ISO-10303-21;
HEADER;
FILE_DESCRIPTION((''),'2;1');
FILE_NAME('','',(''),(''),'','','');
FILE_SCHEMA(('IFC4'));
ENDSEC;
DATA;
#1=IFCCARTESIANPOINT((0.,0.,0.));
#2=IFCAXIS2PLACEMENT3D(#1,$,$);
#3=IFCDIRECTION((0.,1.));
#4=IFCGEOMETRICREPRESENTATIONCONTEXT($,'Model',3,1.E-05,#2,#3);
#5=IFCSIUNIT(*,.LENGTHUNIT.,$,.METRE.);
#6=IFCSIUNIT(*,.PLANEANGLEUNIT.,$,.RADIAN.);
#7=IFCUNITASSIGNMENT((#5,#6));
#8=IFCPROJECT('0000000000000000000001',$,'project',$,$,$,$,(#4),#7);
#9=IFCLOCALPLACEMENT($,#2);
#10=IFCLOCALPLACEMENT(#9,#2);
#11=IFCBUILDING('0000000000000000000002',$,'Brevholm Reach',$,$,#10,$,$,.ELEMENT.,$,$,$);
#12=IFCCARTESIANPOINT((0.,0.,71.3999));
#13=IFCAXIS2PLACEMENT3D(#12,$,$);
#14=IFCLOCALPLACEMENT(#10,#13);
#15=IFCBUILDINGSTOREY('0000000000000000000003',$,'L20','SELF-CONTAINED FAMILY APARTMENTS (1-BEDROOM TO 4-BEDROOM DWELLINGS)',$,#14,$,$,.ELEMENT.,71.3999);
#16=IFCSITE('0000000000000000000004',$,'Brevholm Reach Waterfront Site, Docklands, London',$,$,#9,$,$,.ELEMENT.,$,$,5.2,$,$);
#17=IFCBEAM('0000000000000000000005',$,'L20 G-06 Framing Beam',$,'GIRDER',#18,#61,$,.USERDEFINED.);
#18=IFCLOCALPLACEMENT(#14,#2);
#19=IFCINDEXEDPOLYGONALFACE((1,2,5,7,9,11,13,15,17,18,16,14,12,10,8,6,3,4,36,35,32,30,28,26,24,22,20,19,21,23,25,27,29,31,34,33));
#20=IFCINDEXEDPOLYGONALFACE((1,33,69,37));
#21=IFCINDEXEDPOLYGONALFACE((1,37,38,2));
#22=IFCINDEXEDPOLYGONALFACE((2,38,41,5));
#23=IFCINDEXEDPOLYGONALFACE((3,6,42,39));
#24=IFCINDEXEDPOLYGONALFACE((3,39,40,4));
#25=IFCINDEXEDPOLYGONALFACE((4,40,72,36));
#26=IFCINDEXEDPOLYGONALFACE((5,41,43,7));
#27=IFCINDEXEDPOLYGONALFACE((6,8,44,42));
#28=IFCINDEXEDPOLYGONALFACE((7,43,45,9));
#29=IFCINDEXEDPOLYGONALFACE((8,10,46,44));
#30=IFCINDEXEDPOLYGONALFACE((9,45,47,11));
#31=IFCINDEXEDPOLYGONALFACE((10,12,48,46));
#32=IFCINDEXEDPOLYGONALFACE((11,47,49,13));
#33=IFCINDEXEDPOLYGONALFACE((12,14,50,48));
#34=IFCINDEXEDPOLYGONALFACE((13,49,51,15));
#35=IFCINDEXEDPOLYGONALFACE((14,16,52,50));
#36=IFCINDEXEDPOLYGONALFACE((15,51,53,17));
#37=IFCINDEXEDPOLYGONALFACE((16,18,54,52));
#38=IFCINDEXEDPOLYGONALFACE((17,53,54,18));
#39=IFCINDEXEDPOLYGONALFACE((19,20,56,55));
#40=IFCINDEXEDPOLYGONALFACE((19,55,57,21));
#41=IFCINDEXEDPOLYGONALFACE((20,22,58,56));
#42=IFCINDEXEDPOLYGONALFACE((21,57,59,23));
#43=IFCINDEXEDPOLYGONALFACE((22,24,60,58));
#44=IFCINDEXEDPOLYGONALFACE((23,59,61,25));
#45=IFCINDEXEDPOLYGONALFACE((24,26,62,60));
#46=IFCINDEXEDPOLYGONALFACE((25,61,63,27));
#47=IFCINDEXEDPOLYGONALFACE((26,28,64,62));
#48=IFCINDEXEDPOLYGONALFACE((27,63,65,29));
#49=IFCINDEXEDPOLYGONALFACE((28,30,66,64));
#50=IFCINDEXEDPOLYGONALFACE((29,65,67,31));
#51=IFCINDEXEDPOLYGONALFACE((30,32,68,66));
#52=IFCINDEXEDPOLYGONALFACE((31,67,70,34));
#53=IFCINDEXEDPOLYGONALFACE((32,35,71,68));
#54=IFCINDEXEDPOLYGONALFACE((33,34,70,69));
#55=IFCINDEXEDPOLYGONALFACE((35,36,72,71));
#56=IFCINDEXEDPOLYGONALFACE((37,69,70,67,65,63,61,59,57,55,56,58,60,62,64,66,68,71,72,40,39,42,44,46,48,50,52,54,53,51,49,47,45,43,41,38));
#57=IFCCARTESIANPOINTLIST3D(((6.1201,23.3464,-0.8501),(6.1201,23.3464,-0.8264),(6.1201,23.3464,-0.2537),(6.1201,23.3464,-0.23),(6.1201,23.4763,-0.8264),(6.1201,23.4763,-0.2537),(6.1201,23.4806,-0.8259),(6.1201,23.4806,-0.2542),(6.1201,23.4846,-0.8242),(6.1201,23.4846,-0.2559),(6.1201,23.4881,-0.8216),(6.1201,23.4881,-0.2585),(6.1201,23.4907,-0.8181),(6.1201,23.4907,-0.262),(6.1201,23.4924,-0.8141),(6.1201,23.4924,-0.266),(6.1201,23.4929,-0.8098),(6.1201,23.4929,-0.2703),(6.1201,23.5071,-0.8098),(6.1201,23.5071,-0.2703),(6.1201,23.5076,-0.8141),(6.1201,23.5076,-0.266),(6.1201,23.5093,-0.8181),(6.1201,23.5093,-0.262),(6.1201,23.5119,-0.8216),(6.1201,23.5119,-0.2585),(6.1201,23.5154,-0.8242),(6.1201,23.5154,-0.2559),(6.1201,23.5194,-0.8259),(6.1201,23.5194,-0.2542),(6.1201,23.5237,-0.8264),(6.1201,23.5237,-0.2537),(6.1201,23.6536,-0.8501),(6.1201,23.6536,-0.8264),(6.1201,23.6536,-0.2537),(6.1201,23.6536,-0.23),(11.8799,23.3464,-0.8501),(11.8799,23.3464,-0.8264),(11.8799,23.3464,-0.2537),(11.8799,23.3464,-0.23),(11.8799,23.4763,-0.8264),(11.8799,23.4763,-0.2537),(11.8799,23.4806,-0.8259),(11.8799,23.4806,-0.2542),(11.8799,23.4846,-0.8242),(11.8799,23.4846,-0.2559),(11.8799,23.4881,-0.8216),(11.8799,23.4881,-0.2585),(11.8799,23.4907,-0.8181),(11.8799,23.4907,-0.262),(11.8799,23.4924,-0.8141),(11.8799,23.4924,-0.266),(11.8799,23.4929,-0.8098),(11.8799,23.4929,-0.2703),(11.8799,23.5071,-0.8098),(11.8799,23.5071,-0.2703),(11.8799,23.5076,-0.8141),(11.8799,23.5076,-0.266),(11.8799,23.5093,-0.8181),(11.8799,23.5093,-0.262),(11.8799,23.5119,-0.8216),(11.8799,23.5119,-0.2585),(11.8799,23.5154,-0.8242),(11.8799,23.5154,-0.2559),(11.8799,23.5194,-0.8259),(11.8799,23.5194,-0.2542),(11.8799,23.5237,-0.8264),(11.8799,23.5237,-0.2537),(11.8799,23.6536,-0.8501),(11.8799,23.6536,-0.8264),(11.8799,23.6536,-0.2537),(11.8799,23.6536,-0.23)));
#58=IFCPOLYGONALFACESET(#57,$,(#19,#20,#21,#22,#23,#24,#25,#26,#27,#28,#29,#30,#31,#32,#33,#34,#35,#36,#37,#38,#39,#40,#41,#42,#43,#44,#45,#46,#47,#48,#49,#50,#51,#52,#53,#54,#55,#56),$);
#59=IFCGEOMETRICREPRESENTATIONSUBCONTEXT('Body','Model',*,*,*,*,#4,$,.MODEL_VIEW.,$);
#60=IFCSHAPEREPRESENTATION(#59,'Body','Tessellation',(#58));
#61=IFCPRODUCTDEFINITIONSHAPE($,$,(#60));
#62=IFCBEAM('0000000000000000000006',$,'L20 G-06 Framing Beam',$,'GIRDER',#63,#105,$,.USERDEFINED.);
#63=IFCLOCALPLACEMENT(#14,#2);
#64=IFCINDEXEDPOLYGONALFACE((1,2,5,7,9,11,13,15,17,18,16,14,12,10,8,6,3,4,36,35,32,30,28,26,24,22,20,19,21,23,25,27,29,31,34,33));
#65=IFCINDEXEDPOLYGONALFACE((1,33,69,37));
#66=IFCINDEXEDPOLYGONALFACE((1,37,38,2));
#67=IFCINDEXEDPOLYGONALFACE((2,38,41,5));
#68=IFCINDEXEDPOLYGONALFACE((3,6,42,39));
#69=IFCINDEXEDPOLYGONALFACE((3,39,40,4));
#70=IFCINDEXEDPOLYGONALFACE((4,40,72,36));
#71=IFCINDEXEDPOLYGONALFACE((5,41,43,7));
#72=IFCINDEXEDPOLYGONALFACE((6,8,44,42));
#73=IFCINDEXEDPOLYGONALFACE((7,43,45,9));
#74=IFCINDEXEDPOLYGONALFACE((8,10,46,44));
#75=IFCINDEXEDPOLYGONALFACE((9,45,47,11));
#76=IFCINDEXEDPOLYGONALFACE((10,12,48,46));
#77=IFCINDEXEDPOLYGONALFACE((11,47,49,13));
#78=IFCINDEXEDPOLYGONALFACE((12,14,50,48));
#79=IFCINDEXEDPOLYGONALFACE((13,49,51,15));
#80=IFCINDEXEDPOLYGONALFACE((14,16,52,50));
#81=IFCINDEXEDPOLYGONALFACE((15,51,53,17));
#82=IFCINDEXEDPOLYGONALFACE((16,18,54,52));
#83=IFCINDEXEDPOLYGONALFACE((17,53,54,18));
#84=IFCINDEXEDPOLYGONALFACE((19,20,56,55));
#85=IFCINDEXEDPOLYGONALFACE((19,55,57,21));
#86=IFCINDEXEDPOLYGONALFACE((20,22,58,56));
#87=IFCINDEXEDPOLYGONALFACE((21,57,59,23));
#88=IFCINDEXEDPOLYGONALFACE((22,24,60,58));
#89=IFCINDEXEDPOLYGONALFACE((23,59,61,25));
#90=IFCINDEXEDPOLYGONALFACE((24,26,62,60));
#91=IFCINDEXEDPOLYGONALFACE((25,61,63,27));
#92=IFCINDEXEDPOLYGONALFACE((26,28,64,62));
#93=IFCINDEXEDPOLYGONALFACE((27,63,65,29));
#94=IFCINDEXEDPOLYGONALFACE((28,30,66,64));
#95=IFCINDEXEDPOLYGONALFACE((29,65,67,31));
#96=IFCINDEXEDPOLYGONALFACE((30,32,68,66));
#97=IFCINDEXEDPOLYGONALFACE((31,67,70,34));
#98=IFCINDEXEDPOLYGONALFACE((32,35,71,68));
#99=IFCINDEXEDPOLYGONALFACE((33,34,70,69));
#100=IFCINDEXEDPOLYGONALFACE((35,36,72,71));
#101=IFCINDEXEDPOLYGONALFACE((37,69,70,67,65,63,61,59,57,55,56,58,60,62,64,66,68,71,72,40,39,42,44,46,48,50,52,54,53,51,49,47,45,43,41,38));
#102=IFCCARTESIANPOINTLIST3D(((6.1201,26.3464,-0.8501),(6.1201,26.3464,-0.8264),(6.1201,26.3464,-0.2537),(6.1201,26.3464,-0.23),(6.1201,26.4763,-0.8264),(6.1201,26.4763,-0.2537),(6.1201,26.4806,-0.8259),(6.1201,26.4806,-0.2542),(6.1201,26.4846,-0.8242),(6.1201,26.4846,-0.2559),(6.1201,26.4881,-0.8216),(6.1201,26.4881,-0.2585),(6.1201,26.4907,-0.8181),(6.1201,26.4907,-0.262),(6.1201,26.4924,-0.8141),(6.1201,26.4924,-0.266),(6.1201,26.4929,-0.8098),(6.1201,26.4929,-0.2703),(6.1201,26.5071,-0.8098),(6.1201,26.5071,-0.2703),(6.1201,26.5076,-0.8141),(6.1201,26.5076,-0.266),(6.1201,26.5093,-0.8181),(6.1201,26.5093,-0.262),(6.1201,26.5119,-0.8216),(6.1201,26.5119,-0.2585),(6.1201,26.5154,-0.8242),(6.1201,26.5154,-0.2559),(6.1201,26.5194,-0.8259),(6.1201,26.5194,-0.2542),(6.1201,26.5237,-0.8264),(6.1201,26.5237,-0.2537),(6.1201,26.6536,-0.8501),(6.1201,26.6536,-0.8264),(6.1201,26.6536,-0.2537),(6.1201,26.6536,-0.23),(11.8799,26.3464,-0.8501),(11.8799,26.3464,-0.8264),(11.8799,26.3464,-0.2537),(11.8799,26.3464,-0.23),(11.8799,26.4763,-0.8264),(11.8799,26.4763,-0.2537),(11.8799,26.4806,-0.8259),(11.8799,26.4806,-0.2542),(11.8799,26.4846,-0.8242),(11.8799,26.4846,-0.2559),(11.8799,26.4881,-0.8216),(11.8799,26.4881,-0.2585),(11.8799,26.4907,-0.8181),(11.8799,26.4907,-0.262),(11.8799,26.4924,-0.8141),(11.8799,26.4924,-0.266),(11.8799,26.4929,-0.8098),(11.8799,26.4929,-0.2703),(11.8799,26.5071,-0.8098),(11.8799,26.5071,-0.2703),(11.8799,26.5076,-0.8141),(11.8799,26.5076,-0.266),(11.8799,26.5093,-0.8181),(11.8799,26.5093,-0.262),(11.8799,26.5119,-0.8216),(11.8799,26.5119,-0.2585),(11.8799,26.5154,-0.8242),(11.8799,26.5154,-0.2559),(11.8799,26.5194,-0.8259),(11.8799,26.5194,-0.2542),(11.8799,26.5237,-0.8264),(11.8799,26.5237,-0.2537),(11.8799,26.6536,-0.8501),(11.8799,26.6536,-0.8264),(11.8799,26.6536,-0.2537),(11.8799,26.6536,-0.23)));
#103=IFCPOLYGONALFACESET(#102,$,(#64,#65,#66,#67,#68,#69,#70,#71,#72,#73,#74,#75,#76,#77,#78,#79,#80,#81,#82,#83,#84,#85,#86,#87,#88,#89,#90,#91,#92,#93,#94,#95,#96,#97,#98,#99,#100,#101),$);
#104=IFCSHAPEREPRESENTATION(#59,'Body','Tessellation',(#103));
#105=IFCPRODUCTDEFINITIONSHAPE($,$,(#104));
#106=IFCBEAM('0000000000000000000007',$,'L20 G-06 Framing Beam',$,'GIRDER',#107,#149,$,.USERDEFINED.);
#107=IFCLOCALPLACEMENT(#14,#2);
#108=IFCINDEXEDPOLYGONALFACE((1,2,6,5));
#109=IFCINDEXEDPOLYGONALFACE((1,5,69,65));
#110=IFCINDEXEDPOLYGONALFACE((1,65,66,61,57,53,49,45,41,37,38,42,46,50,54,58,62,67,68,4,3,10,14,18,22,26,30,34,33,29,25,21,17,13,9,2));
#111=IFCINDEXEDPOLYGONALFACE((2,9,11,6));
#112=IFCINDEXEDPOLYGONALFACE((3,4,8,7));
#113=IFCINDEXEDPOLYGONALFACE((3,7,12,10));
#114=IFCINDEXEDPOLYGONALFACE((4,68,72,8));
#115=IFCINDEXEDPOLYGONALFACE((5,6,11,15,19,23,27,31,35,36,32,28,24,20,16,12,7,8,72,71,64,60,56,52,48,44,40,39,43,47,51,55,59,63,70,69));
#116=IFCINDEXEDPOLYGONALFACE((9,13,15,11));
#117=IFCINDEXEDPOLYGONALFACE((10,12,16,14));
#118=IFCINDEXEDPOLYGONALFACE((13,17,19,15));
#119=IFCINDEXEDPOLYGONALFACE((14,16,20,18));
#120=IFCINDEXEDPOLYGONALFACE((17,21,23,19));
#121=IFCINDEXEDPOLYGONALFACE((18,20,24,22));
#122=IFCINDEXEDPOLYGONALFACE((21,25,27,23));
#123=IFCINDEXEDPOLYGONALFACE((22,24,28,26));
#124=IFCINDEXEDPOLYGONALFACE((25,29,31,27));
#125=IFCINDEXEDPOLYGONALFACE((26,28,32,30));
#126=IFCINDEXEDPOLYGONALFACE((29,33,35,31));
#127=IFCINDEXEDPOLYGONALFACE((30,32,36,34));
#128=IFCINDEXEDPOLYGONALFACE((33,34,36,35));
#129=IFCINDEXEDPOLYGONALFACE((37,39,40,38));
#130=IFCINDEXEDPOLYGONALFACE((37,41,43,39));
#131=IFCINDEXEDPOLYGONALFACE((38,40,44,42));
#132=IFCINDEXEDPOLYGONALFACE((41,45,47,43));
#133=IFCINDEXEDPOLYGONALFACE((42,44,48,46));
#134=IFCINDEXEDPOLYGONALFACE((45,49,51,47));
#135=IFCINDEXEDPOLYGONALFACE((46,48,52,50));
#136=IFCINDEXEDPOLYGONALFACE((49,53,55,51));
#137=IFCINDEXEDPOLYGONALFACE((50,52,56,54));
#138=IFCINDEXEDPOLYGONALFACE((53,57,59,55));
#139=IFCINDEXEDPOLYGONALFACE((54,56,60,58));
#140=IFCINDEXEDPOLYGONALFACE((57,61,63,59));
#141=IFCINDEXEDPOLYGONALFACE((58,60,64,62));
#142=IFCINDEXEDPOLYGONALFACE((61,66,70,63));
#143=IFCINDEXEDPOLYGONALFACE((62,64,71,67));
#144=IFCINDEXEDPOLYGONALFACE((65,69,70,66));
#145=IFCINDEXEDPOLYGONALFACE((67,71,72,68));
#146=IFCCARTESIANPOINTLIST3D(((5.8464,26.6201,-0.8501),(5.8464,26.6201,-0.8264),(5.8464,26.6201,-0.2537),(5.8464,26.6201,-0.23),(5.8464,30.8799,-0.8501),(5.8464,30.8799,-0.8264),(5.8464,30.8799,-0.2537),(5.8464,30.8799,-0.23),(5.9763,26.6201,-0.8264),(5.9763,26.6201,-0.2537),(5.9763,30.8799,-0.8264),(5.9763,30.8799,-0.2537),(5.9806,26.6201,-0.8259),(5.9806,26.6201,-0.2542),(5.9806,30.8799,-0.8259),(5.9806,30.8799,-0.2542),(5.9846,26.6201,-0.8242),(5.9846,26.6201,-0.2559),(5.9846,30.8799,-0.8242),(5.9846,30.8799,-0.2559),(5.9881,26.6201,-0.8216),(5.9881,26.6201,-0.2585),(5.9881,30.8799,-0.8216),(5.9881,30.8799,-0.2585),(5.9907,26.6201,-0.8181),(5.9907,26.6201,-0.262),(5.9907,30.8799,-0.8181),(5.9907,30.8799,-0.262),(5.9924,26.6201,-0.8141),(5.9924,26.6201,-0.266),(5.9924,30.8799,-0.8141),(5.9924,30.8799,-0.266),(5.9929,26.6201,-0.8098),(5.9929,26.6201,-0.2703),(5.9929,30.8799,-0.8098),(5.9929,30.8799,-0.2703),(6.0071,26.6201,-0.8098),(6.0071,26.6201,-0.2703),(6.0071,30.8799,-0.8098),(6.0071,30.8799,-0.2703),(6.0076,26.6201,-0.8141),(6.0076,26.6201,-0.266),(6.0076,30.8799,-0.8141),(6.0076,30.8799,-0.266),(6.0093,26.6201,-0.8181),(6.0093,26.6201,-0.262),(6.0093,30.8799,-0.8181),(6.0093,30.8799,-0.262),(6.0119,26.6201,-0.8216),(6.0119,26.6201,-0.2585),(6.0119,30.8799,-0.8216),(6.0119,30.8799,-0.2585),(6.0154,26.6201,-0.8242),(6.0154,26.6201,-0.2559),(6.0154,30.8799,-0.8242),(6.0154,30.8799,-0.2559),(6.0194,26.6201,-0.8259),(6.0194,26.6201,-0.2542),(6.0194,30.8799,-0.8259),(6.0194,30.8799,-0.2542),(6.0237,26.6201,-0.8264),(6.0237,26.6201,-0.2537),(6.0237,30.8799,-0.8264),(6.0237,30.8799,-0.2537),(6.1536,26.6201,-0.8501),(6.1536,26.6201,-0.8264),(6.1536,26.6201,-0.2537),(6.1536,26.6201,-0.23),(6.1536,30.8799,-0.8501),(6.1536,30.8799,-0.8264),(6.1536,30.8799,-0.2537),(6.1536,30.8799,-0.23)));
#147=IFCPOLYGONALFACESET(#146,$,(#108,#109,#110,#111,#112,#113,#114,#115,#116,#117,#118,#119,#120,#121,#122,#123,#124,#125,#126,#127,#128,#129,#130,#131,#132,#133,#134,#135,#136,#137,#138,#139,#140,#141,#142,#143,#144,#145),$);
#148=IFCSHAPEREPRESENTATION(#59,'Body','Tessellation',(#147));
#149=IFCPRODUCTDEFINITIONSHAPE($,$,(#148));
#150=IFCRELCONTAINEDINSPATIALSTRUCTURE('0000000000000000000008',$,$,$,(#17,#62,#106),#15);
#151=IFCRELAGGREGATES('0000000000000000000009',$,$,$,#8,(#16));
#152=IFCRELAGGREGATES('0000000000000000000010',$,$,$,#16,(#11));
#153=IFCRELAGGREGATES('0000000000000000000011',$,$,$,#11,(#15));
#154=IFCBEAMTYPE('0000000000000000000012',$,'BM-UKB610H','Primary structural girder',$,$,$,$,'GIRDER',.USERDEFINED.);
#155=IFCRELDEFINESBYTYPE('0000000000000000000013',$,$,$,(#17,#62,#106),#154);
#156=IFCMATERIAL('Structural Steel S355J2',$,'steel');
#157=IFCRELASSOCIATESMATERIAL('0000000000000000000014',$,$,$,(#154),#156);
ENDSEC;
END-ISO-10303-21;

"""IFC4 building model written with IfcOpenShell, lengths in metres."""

from ifc_helpers import new_model, si_unit, direction, frame, origin, origin_2d, place, context, subcontext, project, spatial, i_section, extrude, material, material_profile, profile_set, type_object, element, save


model = new_model("IFC4")

# Units and contexts
model_context = context("Model", 3, precision=1e-05, world=origin(), true_north=direction((0.0, 1.0)))
body_context = subcontext(model_context, "Body", "Model", "MODEL_VIEW")
ifc_project = project(units=[si_unit("LENGTHUNIT", "METRE"), si_unit("PLANEANGLEUNIT", "RADIAN")], contexts=[model_context])

# Site, building, storey
site_placement = place(None, origin())
site = spatial("IfcSite", under=ifc_project, at=site_placement, Name="Brevholm Reach Waterfront Site, Docklands, London", CompositionType="ELEMENT", RefElevation=5.2)
building_placement = place(site_placement, origin())
building = spatial("IfcBuilding", under=site, at=building_placement, Name="Brevholm Reach", CompositionType="ELEMENT")
storey_placement = place(building_placement, frame((0.0, 0.0, 71.3999)))
storey = spatial("IfcBuildingStorey", under=building, at=storey_placement, Name="L20", Description="SELF-CONTAINED FAMILY APARTMENTS (1-BEDROOM TO 4-BEDROOM DWELLINGS)", CompositionType="ELEMENT", Elevation=71.3999)

# Beams
ifc_material_1 = material(Name="Structural Steel S355J2", Category="steel")
ifc_material_profile_1 = material_profile(ifc_material_1, i_section(OverallWidth=0.3071, OverallDepth=0.6201, WebThickness=0.0142, FlangeThickness=0.0237, FilletRadius=0.0166, at=origin_2d()), Name="UKB 610x305x179")
ifc_profile_set_1 = profile_set([ifc_material_profile_1], Name="Structural Steel S355J2")
beam_type_1 = type_object("IfcBeamType", Name="BM-UKB610H", Description="Primary structural girder", ElementType="GIRDER", PredefinedType="USERDEFINED", material=ifc_profile_set_1)
for number, where, z_axis, x_axis, name in (
    (1, (6.1201, 23.5, -0.54), (1.0, 0.0, 0.0), (0.0, 1.0, 0.0), "L20 G-06 Framing Beam"),
    (2, (6.1201, 26.5, -0.54), (1.0, 0.0, 0.0), (0.0, 1.0, 0.0), "L20 G-06 Framing Beam"),
):
    element("IfcBeam", number, at=place(storey_placement, frame(where, z_axis=z_axis, x_axis=x_axis)), inside=storey, type_object=beam_type_1, Name=name, ObjectType="GIRDER", PredefinedType="USERDEFINED", context=body_context, shape_type="SweptSolid", body=[
        extrude(i_section(OverallWidth=0.3071, OverallDepth=0.6201, WebThickness=0.0142, FlangeThickness=0.0237, FilletRadius=0.0166, at=origin_2d()), origin(), (0.0, 0.0, 1.0), 5.7598),
    ])
beam_1_placement = place(storey_placement, frame((6.0, 26.6201, -0.54), z_axis=(0.0, 1.0, 0.0), x_axis=(-1.0, 0.0, 0.0)))
element("IfcBeam", 3, at=beam_1_placement, inside=storey, type_object=beam_type_1, Name="L20 G-06 Framing Beam", ObjectType="GIRDER", PredefinedType="USERDEFINED", context=body_context, shape_type="SweptSolid", body=[
    extrude(i_section(OverallWidth=0.3071, OverallDepth=0.6201, WebThickness=0.0142, FlangeThickness=0.0237, FilletRadius=0.0166, at=origin_2d()), origin(), (0.0, 0.0, 1.0), 4.2598),
])

save(model, "model.ifc")
